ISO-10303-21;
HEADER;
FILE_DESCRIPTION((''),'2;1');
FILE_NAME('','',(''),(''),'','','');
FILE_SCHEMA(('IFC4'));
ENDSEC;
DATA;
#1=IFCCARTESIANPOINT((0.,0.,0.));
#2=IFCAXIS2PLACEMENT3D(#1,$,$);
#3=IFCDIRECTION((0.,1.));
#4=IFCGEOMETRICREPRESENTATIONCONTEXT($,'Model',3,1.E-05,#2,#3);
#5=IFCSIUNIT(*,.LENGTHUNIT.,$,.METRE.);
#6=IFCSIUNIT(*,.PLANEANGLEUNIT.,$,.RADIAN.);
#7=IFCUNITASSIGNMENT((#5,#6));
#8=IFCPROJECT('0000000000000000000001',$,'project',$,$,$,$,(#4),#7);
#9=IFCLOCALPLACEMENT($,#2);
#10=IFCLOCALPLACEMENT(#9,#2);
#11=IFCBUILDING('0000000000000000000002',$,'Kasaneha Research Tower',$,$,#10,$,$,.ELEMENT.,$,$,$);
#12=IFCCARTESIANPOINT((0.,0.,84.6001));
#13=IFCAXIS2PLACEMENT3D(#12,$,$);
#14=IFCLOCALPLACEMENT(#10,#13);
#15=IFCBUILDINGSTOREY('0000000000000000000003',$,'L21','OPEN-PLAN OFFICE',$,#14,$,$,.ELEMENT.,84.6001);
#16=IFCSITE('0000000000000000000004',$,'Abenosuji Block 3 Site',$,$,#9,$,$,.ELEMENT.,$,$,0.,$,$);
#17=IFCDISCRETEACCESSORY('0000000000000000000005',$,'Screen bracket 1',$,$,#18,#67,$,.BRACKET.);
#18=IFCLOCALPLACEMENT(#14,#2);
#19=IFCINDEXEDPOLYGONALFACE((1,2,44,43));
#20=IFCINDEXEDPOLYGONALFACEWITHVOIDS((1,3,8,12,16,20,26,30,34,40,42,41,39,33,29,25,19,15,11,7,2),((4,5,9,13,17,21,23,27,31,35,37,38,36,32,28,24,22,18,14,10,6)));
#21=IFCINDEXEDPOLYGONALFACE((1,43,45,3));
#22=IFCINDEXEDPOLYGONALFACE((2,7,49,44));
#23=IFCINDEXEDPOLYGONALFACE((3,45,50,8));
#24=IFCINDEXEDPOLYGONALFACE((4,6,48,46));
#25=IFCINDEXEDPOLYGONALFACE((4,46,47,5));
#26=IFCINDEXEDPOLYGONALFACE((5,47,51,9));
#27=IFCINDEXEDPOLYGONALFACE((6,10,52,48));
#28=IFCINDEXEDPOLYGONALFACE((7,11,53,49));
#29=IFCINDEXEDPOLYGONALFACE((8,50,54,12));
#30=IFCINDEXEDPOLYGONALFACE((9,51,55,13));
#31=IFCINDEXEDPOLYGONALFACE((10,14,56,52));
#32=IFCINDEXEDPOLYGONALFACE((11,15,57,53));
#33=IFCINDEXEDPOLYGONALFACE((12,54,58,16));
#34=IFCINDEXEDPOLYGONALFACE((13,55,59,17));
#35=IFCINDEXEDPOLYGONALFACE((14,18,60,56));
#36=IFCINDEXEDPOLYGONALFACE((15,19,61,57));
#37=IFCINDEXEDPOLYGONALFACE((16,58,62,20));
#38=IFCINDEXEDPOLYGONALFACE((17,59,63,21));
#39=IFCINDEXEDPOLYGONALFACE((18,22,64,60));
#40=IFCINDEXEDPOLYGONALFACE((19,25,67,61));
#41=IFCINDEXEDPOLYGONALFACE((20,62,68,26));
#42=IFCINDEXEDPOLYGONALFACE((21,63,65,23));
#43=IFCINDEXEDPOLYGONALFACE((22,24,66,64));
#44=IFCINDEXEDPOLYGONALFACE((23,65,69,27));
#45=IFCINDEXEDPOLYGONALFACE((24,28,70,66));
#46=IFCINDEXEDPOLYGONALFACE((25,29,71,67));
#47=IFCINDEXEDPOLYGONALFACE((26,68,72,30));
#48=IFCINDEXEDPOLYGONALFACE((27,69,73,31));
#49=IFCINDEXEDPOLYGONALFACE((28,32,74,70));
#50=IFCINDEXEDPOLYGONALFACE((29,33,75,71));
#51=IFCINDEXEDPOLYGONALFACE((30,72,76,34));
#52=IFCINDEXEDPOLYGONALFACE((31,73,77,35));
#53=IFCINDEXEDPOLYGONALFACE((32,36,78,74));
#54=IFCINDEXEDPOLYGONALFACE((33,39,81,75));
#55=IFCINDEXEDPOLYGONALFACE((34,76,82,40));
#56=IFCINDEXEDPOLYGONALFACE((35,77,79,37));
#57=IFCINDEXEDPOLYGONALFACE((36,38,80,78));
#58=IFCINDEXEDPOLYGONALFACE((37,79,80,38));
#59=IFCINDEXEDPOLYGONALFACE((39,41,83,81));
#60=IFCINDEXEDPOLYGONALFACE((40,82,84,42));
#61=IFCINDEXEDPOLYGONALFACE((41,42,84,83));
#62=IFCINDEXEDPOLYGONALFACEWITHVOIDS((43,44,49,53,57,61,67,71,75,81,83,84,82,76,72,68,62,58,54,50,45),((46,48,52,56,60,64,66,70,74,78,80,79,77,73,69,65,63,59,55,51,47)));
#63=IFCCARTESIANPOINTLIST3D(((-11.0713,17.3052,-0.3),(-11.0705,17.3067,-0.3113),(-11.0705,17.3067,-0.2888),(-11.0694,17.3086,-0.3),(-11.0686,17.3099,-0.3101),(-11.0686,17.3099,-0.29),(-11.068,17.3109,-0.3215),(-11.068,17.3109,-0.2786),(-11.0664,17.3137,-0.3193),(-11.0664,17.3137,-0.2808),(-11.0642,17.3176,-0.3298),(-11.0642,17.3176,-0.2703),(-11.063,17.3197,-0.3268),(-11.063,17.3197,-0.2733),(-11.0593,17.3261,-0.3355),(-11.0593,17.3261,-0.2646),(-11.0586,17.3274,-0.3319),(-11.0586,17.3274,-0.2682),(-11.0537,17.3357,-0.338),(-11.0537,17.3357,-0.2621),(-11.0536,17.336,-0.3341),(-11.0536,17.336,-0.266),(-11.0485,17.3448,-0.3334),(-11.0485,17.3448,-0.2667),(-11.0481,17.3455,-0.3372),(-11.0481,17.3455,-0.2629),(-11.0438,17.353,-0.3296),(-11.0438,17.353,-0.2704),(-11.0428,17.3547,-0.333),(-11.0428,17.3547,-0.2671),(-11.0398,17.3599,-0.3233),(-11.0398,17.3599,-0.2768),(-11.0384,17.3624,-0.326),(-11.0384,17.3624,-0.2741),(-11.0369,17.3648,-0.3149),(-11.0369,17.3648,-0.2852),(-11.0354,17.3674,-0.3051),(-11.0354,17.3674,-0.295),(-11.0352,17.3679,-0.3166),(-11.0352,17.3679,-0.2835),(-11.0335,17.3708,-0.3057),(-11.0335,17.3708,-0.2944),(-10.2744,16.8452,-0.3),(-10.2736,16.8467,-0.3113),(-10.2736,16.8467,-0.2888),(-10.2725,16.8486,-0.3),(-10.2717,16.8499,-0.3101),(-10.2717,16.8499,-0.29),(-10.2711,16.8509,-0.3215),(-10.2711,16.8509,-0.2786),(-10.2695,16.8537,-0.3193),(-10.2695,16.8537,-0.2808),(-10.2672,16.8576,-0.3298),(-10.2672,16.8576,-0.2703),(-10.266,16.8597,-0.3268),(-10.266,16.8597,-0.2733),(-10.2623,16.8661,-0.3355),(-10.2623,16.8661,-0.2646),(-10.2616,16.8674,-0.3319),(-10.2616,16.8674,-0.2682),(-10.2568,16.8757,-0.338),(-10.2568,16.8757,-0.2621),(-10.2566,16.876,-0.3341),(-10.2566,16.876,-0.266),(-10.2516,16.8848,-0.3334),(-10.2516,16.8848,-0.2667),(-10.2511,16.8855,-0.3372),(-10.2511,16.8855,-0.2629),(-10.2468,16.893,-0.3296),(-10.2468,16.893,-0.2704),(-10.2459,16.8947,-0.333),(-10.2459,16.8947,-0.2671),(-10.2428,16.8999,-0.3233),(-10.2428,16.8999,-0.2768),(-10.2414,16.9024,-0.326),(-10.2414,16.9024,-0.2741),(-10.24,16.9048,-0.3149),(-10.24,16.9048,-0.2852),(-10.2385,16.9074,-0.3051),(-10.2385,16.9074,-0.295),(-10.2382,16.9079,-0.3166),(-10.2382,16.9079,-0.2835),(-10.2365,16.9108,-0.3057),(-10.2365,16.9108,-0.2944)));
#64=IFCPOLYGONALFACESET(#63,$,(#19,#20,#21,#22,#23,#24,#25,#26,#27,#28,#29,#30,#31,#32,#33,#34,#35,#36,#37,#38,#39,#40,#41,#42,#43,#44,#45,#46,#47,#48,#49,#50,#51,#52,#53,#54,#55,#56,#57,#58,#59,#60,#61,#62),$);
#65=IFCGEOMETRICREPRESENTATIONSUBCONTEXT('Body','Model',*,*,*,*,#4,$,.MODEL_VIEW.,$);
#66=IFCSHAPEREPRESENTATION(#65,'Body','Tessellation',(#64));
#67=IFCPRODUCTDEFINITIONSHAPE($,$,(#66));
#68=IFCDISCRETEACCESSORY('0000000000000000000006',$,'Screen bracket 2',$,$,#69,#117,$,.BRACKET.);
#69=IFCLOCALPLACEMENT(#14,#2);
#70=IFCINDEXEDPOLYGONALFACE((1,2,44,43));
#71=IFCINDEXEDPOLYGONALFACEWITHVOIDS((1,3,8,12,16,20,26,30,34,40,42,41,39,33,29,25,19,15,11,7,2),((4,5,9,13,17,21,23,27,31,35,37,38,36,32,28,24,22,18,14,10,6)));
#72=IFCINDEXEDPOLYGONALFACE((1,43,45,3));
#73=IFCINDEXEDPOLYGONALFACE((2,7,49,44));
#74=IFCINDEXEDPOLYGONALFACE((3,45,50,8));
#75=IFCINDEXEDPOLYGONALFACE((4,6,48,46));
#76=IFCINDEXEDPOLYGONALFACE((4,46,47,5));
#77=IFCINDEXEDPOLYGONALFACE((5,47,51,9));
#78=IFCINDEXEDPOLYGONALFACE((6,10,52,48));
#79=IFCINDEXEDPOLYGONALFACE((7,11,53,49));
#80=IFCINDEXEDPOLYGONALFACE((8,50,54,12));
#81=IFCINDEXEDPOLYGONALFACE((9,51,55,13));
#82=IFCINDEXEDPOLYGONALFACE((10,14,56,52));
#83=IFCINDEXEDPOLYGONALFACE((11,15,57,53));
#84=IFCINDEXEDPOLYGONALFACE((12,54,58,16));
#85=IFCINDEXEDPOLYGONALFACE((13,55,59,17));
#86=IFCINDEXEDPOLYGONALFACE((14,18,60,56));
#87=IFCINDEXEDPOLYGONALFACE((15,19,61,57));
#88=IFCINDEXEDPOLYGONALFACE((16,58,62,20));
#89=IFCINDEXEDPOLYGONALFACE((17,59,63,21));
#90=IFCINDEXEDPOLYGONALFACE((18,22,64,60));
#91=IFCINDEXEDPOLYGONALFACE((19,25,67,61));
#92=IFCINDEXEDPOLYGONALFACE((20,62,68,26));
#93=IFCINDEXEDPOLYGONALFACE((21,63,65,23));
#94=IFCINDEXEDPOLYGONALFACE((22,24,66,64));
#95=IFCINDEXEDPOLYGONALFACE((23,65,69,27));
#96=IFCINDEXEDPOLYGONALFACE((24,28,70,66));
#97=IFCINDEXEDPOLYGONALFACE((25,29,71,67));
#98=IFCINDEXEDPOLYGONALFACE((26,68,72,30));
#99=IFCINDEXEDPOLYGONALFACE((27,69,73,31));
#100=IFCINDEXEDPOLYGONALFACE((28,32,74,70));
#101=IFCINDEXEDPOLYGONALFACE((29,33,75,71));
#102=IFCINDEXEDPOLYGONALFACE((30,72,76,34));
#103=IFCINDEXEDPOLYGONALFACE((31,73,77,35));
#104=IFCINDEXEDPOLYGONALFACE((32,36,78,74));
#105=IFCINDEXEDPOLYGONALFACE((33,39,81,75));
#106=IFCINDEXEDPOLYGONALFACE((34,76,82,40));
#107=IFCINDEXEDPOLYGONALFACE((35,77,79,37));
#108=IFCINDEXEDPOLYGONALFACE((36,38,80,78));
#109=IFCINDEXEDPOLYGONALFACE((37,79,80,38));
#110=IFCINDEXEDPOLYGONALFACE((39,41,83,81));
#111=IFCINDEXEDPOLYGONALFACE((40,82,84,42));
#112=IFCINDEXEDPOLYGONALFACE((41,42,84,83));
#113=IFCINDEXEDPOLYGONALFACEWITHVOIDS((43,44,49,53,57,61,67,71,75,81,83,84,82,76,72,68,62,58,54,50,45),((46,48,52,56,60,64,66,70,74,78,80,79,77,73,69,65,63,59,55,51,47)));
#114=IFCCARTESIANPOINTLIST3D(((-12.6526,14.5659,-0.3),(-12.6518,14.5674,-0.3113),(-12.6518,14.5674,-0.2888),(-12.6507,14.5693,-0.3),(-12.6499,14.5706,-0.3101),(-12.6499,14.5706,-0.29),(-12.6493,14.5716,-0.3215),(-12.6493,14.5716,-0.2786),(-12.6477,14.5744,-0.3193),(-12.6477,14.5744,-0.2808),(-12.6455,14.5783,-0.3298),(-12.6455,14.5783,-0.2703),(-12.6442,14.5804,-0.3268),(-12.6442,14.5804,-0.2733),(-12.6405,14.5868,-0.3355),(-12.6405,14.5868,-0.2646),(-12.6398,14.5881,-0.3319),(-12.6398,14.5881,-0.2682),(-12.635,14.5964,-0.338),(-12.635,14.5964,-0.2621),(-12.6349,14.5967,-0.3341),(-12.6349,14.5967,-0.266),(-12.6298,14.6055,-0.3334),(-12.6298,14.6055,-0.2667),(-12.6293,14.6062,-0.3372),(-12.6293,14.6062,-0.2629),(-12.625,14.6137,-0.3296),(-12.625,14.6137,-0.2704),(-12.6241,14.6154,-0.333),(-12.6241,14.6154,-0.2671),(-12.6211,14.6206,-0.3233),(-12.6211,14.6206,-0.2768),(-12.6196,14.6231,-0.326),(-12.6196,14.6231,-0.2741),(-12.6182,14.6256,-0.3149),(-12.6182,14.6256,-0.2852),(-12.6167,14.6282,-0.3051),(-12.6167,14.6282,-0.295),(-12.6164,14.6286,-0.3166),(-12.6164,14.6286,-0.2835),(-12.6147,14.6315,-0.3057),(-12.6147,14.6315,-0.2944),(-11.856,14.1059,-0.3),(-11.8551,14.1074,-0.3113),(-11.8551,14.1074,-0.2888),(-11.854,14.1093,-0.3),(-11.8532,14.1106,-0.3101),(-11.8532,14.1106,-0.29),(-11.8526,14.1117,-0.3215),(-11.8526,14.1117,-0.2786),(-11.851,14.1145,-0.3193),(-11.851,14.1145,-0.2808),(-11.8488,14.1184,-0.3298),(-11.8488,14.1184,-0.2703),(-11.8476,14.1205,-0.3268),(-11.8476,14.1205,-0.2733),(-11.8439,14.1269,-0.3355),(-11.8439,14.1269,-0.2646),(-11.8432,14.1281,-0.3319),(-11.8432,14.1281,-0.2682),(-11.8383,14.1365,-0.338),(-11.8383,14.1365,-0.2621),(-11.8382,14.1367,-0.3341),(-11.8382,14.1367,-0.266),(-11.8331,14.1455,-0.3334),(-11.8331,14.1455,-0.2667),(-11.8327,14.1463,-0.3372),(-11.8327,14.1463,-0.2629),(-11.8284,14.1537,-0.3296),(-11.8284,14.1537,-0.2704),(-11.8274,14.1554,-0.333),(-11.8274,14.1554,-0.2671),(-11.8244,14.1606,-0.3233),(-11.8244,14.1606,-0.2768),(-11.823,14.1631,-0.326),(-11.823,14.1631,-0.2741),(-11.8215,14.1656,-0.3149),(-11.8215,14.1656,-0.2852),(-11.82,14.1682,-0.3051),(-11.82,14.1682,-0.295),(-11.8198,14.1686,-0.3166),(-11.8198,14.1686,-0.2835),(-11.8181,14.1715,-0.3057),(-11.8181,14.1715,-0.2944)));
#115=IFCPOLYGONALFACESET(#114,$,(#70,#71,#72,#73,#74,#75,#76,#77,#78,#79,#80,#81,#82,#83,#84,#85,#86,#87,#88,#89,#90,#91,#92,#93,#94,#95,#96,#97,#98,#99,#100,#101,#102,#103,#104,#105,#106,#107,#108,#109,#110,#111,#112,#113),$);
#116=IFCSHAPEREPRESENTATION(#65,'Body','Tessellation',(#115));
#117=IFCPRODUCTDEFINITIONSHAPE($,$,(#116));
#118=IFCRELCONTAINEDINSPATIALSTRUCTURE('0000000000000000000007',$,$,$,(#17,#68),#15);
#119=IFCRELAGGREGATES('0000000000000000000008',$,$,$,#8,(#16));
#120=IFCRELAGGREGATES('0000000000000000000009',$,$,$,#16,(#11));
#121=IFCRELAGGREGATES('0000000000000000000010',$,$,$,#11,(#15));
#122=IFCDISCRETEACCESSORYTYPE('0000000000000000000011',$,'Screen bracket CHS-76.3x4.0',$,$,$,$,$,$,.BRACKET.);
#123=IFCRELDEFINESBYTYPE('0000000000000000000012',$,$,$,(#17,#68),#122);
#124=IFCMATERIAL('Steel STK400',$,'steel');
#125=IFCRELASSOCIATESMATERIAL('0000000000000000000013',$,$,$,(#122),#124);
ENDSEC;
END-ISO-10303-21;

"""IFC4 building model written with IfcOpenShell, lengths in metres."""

from ifc_helpers import new_model, si_unit, direction, frame, origin, origin_2d, place, context, subcontext, project, spatial, hollow_circle, extrude, material, material_profile, profile_set, type_object, element, save


model = new_model("IFC4")

# Units and contexts
model_context = context("Model", 3, precision=1e-05, world=origin(), true_north=direction((0.0, 1.0)))
body_context = subcontext(model_context, "Body", "Model", "MODEL_VIEW")
ifc_project = project(units=[si_unit("LENGTHUNIT", "METRE"), si_unit("PLANEANGLEUNIT", "RADIAN")], contexts=[model_context])

# Site, building, storey
site_placement = place(None, origin())
site = spatial("IfcSite", under=ifc_project, at=site_placement, Name="Abenosuji Block 3 Site", CompositionType="ELEMENT", RefElevation=0.0)
building_placement = place(site_placement, origin())
building = spatial("IfcBuilding", under=site, at=building_placement, Name="Kasaneha Research Tower", CompositionType="ELEMENT")
storey_placement = place(building_placement, frame((0.0, 0.0, 84.6001)))
storey = spatial("IfcBuildingStorey", under=building, at=storey_placement, Name="L21", Description="OPEN-PLAN OFFICE", CompositionType="ELEMENT", Elevation=84.6001)

# Discrete accessories
ifc_material_1 = material(Name="Steel STK400", Category="steel")
ifc_material_profile_1 = material_profile(ifc_material_1, hollow_circle(Radius=0.0381, WallThickness=0.0039, at=origin_2d()), Name="CHS-76.3x4.0")
ifc_profile_set_1 = profile_set([ifc_material_profile_1], Name="Steel STK400")
discrete_accessory_type = type_object("IfcDiscreteAccessoryType", Name="Screen bracket CHS-76.3x4.0", PredefinedType="BRACKET", material=ifc_profile_set_1)
discrete_accessory_1_placement = place(storey_placement, frame((-10.2554, 16.8782, -0.3), z_axis=(-0.86608, 0.499906, 0.0), x_axis=(-0.499906, -0.86608, 0.0)))
element("IfcDiscreteAccessory", 1, at=discrete_accessory_1_placement, inside=storey, type_object=discrete_accessory_type, Name="Screen bracket 1", PredefinedType="BRACKET", context=body_context, shape_type="SweptSolid", body=[
    extrude(hollow_circle(Radius=0.0381, WallThickness=0.0039, at=origin_2d()), origin(), (0.0, 0.0, 1.0), 0.9202),
])
discrete_accessory_2_placement = place(storey_placement, frame((-11.8369, 14.1389, -0.3), z_axis=(-0.866013, 0.500021, 0.0), x_axis=(-0.500021, -0.866013, 0.0)))
element("IfcDiscreteAccessory", 2, at=discrete_accessory_2_placement, inside=storey, type_object=discrete_accessory_type, Name="Screen bracket 2", PredefinedType="BRACKET", context=body_context, shape_type="SweptSolid", body=[
    extrude(hollow_circle(Radius=0.0381, WallThickness=0.0039, at=origin_2d()), origin(), (0.0, 0.0, 1.0), 0.9199),
])

save(model, "model.ifc")
